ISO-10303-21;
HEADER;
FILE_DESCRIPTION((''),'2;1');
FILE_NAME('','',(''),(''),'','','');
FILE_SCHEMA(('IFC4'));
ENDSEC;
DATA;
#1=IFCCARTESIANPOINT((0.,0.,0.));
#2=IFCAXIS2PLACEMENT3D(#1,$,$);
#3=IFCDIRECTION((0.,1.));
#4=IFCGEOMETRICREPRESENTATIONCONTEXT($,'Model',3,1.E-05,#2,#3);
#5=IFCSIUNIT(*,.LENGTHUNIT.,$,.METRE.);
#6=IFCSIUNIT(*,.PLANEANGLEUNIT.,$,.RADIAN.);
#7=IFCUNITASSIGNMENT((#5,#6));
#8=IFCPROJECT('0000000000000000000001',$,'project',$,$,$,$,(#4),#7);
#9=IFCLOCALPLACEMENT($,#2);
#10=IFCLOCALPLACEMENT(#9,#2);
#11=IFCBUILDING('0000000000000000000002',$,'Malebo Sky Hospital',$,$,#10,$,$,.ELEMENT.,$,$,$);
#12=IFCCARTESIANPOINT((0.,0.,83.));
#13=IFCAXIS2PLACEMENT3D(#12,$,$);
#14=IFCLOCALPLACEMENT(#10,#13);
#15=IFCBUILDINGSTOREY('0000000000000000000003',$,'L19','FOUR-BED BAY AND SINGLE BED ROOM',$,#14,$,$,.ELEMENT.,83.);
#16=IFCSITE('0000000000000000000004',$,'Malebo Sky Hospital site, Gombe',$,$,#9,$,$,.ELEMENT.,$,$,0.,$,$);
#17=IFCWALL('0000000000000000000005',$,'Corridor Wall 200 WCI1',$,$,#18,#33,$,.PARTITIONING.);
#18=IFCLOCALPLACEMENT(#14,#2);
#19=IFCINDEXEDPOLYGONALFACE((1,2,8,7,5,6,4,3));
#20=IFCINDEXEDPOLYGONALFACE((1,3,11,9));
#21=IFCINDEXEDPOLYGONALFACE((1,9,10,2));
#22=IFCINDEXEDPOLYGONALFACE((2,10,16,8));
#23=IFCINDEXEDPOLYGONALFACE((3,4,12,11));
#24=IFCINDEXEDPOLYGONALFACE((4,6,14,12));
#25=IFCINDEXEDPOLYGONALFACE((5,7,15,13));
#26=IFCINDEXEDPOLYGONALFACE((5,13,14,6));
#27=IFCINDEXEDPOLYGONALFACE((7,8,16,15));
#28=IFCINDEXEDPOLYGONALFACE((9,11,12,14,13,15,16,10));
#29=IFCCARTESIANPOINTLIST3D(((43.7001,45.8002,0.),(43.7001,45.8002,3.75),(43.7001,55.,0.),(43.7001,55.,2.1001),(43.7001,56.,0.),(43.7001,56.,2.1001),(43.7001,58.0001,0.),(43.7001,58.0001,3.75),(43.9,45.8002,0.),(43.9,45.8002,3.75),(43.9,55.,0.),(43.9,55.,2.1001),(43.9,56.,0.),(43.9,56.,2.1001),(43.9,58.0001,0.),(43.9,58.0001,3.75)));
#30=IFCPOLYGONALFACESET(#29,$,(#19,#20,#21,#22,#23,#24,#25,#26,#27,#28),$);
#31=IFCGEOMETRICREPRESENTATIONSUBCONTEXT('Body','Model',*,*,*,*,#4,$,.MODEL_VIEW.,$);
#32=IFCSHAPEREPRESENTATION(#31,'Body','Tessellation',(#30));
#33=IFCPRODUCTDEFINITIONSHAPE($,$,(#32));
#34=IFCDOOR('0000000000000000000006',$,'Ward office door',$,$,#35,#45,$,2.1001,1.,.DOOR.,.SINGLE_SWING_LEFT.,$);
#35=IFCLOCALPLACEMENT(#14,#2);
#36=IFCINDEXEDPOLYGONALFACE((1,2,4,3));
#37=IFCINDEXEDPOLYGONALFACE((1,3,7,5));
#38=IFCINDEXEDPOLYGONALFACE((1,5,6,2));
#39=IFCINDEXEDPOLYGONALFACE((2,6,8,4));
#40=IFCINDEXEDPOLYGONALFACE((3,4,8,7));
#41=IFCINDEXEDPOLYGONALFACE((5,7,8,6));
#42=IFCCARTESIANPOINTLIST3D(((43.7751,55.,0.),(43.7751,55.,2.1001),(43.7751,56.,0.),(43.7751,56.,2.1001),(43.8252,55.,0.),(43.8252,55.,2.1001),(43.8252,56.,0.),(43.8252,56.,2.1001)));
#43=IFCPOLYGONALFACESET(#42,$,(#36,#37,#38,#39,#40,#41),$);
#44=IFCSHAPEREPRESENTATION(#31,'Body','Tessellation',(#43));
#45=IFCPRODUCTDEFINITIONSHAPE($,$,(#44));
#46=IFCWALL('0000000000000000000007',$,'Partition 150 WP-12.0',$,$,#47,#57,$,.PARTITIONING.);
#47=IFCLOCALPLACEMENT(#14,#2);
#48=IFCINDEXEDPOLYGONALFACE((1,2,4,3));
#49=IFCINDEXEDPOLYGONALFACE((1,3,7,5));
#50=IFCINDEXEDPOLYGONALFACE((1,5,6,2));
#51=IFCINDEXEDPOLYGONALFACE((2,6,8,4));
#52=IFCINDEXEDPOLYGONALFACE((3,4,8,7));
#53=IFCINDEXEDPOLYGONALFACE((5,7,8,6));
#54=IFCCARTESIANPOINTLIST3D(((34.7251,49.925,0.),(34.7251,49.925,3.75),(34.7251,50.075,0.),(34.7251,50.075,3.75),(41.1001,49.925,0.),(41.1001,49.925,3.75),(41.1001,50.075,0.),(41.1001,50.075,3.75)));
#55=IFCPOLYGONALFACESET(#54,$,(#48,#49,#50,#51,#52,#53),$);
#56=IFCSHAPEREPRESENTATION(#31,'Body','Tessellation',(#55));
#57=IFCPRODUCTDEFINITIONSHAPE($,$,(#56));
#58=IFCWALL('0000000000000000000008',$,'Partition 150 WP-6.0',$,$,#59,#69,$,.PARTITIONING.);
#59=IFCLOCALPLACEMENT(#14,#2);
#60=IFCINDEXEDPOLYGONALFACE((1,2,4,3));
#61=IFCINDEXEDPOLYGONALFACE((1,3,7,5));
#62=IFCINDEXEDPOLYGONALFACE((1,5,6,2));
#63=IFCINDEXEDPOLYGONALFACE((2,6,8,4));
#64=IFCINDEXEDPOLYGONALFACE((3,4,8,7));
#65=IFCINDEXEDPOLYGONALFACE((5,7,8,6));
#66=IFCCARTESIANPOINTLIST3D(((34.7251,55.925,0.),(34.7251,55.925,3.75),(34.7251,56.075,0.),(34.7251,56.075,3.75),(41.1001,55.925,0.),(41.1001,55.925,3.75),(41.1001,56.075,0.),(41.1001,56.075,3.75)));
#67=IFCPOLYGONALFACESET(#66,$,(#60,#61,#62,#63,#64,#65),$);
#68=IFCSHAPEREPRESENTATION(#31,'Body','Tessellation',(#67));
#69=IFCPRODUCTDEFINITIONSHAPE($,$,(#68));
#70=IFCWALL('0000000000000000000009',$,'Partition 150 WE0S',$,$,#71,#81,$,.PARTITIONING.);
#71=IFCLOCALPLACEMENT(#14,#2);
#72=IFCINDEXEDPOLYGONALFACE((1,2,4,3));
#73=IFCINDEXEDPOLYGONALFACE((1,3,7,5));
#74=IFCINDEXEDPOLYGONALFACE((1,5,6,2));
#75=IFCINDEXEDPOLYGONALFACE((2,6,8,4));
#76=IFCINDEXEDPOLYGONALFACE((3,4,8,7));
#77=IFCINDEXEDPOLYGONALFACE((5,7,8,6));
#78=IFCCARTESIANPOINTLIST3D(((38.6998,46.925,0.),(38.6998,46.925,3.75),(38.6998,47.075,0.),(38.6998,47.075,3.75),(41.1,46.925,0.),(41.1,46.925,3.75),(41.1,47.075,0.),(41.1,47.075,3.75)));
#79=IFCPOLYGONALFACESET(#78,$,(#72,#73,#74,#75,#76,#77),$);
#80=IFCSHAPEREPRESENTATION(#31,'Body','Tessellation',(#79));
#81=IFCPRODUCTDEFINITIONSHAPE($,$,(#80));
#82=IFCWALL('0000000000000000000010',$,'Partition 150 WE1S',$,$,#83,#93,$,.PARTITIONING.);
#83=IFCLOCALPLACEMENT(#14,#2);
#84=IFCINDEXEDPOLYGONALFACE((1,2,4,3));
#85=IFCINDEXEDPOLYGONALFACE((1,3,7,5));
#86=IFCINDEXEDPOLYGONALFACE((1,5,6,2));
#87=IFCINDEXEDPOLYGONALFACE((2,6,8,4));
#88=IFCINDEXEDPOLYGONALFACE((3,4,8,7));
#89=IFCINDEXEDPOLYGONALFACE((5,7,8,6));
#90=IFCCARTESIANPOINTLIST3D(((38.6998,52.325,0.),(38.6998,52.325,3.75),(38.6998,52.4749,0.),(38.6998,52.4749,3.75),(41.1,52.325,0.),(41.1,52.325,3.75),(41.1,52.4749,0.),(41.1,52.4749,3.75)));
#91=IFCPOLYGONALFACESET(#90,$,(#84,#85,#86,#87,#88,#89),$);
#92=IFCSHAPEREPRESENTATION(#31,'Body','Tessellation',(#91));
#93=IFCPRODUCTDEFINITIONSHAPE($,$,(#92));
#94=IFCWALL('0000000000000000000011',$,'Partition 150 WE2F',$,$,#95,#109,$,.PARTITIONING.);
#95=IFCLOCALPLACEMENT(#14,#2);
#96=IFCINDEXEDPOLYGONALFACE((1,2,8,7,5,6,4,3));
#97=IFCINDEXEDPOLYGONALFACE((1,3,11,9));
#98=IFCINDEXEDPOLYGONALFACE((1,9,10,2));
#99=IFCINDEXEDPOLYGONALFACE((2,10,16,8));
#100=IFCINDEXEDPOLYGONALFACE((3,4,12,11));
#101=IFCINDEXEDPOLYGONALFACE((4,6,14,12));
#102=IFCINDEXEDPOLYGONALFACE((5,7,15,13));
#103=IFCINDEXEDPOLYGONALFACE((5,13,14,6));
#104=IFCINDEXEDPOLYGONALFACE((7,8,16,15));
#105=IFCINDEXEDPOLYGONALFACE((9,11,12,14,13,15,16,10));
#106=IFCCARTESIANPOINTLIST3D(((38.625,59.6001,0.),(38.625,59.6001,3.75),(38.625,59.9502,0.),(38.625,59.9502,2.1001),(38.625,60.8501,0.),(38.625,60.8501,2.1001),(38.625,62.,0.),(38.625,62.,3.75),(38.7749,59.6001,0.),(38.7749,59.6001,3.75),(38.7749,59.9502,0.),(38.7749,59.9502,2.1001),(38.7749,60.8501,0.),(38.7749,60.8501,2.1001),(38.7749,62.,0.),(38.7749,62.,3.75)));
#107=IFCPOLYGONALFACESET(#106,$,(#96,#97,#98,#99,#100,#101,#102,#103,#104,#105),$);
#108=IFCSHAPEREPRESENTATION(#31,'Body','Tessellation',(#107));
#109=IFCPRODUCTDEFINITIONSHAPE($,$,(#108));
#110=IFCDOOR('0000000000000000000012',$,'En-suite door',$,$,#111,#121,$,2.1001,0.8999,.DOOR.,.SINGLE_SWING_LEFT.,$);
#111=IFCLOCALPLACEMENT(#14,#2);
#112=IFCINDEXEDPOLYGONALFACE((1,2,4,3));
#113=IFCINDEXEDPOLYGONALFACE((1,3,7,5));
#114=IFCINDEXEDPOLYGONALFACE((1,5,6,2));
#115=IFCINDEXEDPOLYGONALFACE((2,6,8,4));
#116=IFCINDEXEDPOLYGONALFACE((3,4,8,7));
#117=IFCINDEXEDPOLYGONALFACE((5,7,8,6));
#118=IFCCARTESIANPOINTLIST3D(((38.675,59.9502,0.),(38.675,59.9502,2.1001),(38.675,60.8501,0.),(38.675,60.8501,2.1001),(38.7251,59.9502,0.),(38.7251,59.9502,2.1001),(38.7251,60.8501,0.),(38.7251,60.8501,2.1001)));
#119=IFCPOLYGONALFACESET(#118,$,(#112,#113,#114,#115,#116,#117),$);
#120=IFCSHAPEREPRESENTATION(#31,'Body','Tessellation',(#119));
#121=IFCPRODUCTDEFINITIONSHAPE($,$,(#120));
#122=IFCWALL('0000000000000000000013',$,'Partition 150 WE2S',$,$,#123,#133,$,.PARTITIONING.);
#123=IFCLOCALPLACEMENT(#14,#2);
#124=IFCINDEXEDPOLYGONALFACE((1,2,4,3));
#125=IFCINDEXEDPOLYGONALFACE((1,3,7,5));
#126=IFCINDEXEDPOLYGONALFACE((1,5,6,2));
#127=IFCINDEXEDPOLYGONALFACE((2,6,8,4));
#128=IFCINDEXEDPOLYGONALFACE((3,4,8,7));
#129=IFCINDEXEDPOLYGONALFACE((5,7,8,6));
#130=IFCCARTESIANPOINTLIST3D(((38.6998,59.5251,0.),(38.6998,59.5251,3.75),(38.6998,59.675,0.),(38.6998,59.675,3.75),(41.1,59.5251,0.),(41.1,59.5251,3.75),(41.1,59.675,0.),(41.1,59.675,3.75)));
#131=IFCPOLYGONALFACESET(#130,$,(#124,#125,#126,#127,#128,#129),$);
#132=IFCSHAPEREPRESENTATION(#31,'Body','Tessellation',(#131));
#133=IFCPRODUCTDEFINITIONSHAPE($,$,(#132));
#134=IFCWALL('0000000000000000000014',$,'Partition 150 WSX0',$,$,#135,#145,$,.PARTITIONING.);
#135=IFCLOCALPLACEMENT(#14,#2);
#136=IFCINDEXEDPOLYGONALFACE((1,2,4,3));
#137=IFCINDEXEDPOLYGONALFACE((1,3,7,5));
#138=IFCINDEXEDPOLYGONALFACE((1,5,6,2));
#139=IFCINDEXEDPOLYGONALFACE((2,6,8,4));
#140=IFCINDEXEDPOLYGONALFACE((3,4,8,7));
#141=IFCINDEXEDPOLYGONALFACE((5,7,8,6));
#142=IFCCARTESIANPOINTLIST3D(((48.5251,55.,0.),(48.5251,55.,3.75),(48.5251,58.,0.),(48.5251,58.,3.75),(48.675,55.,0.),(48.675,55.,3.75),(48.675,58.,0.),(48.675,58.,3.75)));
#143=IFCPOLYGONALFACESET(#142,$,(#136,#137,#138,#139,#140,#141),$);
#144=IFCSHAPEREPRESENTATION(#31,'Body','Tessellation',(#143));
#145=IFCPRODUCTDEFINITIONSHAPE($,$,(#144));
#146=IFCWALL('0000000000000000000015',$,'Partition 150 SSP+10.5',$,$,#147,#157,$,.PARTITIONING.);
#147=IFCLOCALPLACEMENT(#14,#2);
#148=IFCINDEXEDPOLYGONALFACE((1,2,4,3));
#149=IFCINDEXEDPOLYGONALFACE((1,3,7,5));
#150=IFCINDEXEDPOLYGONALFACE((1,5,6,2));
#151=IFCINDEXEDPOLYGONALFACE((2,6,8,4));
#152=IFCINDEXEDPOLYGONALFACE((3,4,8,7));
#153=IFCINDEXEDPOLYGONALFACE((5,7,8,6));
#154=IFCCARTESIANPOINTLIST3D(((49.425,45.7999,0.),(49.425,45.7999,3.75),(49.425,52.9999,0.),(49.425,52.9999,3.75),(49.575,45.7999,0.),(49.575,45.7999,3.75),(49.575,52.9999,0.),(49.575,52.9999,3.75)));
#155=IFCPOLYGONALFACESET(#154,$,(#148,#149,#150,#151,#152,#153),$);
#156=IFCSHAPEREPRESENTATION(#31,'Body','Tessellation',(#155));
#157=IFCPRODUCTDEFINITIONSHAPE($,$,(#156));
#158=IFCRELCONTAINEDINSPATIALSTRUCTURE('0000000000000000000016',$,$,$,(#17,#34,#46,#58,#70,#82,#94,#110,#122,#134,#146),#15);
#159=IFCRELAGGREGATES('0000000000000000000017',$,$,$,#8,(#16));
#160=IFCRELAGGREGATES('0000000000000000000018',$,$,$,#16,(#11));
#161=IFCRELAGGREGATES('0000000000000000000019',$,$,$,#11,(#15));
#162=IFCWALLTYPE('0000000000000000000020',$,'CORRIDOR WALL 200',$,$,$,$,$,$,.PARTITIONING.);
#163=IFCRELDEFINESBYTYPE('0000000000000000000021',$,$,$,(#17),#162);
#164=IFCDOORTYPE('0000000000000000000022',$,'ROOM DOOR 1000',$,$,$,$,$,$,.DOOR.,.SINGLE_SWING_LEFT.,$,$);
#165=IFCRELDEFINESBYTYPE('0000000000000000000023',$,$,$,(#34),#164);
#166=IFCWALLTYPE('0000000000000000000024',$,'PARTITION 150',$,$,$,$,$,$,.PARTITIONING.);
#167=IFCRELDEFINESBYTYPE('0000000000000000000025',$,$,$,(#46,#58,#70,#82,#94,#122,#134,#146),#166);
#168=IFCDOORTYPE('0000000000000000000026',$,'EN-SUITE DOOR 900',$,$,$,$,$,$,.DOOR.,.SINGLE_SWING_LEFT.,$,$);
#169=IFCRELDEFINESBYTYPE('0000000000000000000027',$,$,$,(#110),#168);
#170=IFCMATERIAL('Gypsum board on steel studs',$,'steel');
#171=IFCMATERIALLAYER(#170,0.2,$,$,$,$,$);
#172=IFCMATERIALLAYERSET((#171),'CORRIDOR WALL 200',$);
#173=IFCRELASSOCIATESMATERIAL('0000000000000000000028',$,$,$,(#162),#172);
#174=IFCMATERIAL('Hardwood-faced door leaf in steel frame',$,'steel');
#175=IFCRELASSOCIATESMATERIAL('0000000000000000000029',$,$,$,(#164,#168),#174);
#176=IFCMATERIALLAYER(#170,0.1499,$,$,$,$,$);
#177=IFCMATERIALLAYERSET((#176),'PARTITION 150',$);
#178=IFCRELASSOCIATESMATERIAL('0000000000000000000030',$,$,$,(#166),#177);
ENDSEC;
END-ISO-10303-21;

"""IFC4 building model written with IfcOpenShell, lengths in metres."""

from ifc_helpers import new_model, si_unit, direction, frame, frame_2d, origin, place, context, subcontext, project, spatial, rectangle, extrude, material, layer, layer_set, type_object, element, fill, save


model = new_model("IFC4")

# Units and contexts
model_context = context("Model", 3, precision=1e-05, world=origin(), true_north=direction((0.0, 1.0)))
body_context = subcontext(model_context, "Body", "Model", "MODEL_VIEW")
ifc_project = project(units=[si_unit("LENGTHUNIT", "METRE"), si_unit("PLANEANGLEUNIT", "RADIAN")], contexts=[model_context])

# Site, building, storey
site_placement = place(None, origin())
site = spatial("IfcSite", under=ifc_project, at=site_placement, Name="Malebo Sky Hospital site, Gombe", CompositionType="ELEMENT", RefElevation=0.0)
building_placement = place(site_placement, origin())
building = spatial("IfcBuilding", under=site, at=building_placement, Name="Malebo Sky Hospital", CompositionType="ELEMENT")
storey_placement = place(building_placement, frame((0.0, 0.0, 83.0)))
storey = spatial("IfcBuildingStorey", under=building, at=storey_placement, Name="L19", Description="FOUR-BED BAY AND SINGLE BED ROOM", CompositionType="ELEMENT", Elevation=83.0)

# Wall, opening, door
ifc_material_1 = material(Name="Gypsum board on steel studs", Category="steel")
ifc_layer_1 = layer(ifc_material_1, 0.2)
ifc_layer_set_1 = layer_set([ifc_layer_1], Name="CORRIDOR WALL 200")
wall_type_1 = type_object("IfcWallType", Name="CORRIDOR WALL 200", PredefinedType="PARTITIONING", material=ifc_layer_set_1)
wall_1_placement = place(storey_placement, frame((43.8, 45.8, 0.0), z_axis=(0.0, 0.0, 1.0), x_axis=(0.0, 1.0, 0.0)))
wall_1 = element("IfcWall", 1, at=wall_1_placement, inside=storey, type_object=wall_type_1, Name="Corridor Wall 200 WCI1", PredefinedType="PARTITIONING", context=body_context, shape_type="SweptSolid", body=[
    extrude(rectangle(XDim=12.2, YDim=0.2, at=frame_2d((6.1001, 0.0))), origin(), (0.0, 0.0, 1.0), 3.75),
])
opening_1_placement = place(wall_1_placement, frame((9.2, 0.0, 0.0)))
opening_1 = element("IfcOpeningElement", 2, at=opening_1_placement, cuts=wall_1, PredefinedType="OPENING", context=body_context, shape_type="SweptSolid", body=[
    extrude(rectangle(XDim=1.0, YDim=2.1001, at=frame_2d((0.5, 1.05))), frame((0.0, 0.1099, 0.0), z_axis=(0.0, -1.0, 0.0), x_axis=(1.0, 0.0, 0.0)), (0.0, 0.0, 1.0), 0.22),
])
ifc_material_2 = material(Name="Hardwood-faced door leaf in steel frame", Category="steel")
door_type_1 = type_object("IfcDoorType", Name="ROOM DOOR 1000", OperationType="SINGLE_SWING_LEFT", PredefinedType="DOOR", material=ifc_material_2)
door_1_placement = place(opening_1_placement, origin())
door_1 = element("IfcDoor", 3, at=door_1_placement, inside=storey, type_object=door_type_1, Name="Ward office door", OperationType="SINGLE_SWING_LEFT", OverallHeight=2.1001, OverallWidth=1.0, PredefinedType="DOOR", context=body_context, shape_type="SweptSolid", body=[
    extrude(rectangle(XDim=1.0, YDim=2.1001, at=frame_2d((0.5, 1.05))), frame((0.0, 0.0249, 0.0), z_axis=(0.0, -1.0, 0.0), x_axis=(1.0, 0.0, 0.0)), (0.0, 0.0, 1.0), 0.05),
])
fill(opening_1, door_1)

# Walls
ifc_layer_2 = layer(ifc_material_1, 0.1499)
ifc_layer_set_2 = layer_set([ifc_layer_2], Name="PARTITION 150")
wall_type_2 = type_object("IfcWallType", Name="PARTITION 150", PredefinedType="PARTITIONING", material=ifc_layer_set_2)
for number, where, z_axis, x_axis, name in (
    (4, (41.1001, 50.0, 0.0), (0.0, 0.0, 1.0), (-1.0, 0.0, 0.0), "Partition 150 WP-12.0"),
    (5, (41.1001, 56.0, 0.0), (0.0, 0.0, 1.0), (-1.0, 0.0, 0.0), "Partition 150 WP-6.0"),
):
    element("IfcWall", number, at=place(storey_placement, frame(where, z_axis=z_axis, x_axis=x_axis)), inside=storey, type_object=wall_type_2, Name=name, PredefinedType="PARTITIONING", context=body_context, shape_type="SweptSolid", body=[
        extrude(rectangle(XDim=6.375, YDim=0.1499, at=frame_2d((3.1875, 0.0))), origin(), (0.0, 0.0, 1.0), 3.75),
    ])
for number, where, z_axis, x_axis, name in (
    (6, (41.1001, 47.0, 0.0), (0.0, 0.0, 1.0), (-1.0, 0.0, 0.0), "Partition 150 WE0S"),
    (7, (41.1001, 52.3999, 0.0), (0.0, 0.0, 1.0), (-1.0, 0.0, 0.0), "Partition 150 WE1S"),
):
    element("IfcWall", number, at=place(storey_placement, frame(where, z_axis=z_axis, x_axis=x_axis)), inside=storey, type_object=wall_type_2, Name=name, PredefinedType="PARTITIONING", context=body_context, shape_type="SweptSolid", body=[
        extrude(rectangle(XDim=2.4001, YDim=0.1499, at=frame_2d((1.2002, 0.0))), origin(), (0.0, 0.0, 1.0), 3.75),
    ])

# Wall, opening, door
wall_2_placement = place(storey_placement, frame((38.7, 59.6001, 0.0), z_axis=(0.0, 0.0, 1.0), x_axis=(0.0, 1.0, 0.0)))
wall_2 = element("IfcWall", 8, at=wall_2_placement, inside=storey, type_object=wall_type_2, Name="Partition 150 WE2F", PredefinedType="PARTITIONING", context=body_context, shape_type="SweptSolid", body=[
    extrude(rectangle(XDim=2.3999, YDim=0.1499, at=frame_2d((1.2, 0.0))), origin(), (0.0, 0.0, 1.0), 3.75),
])
opening_2_placement = place(wall_2_placement, frame((0.3501, 0.0, 0.0)))
opening_2 = element("IfcOpeningElement", 9, at=opening_2_placement, cuts=wall_2, PredefinedType="OPENING", context=body_context, shape_type="SweptSolid", body=[
    extrude(rectangle(XDim=0.8999, YDim=2.1001, at=frame_2d((0.45, 1.05))), frame((0.0, 0.085, 0.0), z_axis=(0.0, -1.0, 0.0), x_axis=(1.0, 0.0, 0.0)), (0.0, 0.0, 1.0), 0.1699),
])
door_type_2 = type_object("IfcDoorType", Name="EN-SUITE DOOR 900", OperationType="SINGLE_SWING_LEFT", PredefinedType="DOOR", material=ifc_material_2)
door_2_placement = place(opening_2_placement, origin())
door_2 = element("IfcDoor", 10, at=door_2_placement, inside=storey, type_object=door_type_2, Name="En-suite door", OperationType="SINGLE_SWING_LEFT", OverallHeight=2.1001, OverallWidth=0.8999, PredefinedType="DOOR", context=body_context, shape_type="SweptSolid", body=[
    extrude(rectangle(XDim=0.8999, YDim=2.1001, at=frame_2d((0.45, 1.05))), frame((0.0, 0.0249, 0.0), z_axis=(0.0, -1.0, 0.0), x_axis=(1.0, 0.0, 0.0)), (0.0, 0.0, 1.0), 0.05),
])
fill(opening_2, door_2)

# Walls
wall_3_placement = place(storey_placement, frame((41.1001, 59.6001, 0.0), z_axis=(0.0, 0.0, 1.0), x_axis=(-1.0, 0.0, 0.0)))
element("IfcWall", 11, at=wall_3_placement, inside=storey, type_object=wall_type_2, Name="Partition 150 WE2S", PredefinedType="PARTITIONING", context=body_context, shape_type="SweptSolid", body=[
    extrude(rectangle(XDim=2.4001, YDim=0.1499, at=frame_2d((1.2002, 0.0))), origin(), (0.0, 0.0, 1.0), 3.75),
])
wall_4_placement = place(storey_placement, frame((48.6001, 55.0, 0.0), z_axis=(0.0, 0.0, 1.0), x_axis=(0.0, 1.0, 0.0)))
element("IfcWall", 12, at=wall_4_placement, inside=storey, type_object=wall_type_2, Name="Partition 150 WSX0", PredefinedType="PARTITIONING", context=body_context, shape_type="SweptSolid", body=[
    extrude(rectangle(XDim=3.0, YDim=0.1499, at=frame_2d((1.5, 0.0))), origin(), (0.0, 0.0, 1.0), 3.75),
])
wall_5_placement = place(storey_placement, frame((49.5, 53.0, 0.0), z_axis=(0.0, 0.0, 1.0), x_axis=(0.0, -1.0, 0.0)))
element("IfcWall", 13, at=wall_5_placement, inside=storey, type_object=wall_type_2, Name="Partition 150 SSP+10.5", PredefinedType="PARTITIONING", context=body_context, shape_type="SweptSolid", body=[
    extrude(rectangle(XDim=7.2, YDim=0.1499, at=frame_2d((3.6001, 0.0))), origin(), (0.0, 0.0, 1.0), 3.75),
])

save(model, "model.ifc")
